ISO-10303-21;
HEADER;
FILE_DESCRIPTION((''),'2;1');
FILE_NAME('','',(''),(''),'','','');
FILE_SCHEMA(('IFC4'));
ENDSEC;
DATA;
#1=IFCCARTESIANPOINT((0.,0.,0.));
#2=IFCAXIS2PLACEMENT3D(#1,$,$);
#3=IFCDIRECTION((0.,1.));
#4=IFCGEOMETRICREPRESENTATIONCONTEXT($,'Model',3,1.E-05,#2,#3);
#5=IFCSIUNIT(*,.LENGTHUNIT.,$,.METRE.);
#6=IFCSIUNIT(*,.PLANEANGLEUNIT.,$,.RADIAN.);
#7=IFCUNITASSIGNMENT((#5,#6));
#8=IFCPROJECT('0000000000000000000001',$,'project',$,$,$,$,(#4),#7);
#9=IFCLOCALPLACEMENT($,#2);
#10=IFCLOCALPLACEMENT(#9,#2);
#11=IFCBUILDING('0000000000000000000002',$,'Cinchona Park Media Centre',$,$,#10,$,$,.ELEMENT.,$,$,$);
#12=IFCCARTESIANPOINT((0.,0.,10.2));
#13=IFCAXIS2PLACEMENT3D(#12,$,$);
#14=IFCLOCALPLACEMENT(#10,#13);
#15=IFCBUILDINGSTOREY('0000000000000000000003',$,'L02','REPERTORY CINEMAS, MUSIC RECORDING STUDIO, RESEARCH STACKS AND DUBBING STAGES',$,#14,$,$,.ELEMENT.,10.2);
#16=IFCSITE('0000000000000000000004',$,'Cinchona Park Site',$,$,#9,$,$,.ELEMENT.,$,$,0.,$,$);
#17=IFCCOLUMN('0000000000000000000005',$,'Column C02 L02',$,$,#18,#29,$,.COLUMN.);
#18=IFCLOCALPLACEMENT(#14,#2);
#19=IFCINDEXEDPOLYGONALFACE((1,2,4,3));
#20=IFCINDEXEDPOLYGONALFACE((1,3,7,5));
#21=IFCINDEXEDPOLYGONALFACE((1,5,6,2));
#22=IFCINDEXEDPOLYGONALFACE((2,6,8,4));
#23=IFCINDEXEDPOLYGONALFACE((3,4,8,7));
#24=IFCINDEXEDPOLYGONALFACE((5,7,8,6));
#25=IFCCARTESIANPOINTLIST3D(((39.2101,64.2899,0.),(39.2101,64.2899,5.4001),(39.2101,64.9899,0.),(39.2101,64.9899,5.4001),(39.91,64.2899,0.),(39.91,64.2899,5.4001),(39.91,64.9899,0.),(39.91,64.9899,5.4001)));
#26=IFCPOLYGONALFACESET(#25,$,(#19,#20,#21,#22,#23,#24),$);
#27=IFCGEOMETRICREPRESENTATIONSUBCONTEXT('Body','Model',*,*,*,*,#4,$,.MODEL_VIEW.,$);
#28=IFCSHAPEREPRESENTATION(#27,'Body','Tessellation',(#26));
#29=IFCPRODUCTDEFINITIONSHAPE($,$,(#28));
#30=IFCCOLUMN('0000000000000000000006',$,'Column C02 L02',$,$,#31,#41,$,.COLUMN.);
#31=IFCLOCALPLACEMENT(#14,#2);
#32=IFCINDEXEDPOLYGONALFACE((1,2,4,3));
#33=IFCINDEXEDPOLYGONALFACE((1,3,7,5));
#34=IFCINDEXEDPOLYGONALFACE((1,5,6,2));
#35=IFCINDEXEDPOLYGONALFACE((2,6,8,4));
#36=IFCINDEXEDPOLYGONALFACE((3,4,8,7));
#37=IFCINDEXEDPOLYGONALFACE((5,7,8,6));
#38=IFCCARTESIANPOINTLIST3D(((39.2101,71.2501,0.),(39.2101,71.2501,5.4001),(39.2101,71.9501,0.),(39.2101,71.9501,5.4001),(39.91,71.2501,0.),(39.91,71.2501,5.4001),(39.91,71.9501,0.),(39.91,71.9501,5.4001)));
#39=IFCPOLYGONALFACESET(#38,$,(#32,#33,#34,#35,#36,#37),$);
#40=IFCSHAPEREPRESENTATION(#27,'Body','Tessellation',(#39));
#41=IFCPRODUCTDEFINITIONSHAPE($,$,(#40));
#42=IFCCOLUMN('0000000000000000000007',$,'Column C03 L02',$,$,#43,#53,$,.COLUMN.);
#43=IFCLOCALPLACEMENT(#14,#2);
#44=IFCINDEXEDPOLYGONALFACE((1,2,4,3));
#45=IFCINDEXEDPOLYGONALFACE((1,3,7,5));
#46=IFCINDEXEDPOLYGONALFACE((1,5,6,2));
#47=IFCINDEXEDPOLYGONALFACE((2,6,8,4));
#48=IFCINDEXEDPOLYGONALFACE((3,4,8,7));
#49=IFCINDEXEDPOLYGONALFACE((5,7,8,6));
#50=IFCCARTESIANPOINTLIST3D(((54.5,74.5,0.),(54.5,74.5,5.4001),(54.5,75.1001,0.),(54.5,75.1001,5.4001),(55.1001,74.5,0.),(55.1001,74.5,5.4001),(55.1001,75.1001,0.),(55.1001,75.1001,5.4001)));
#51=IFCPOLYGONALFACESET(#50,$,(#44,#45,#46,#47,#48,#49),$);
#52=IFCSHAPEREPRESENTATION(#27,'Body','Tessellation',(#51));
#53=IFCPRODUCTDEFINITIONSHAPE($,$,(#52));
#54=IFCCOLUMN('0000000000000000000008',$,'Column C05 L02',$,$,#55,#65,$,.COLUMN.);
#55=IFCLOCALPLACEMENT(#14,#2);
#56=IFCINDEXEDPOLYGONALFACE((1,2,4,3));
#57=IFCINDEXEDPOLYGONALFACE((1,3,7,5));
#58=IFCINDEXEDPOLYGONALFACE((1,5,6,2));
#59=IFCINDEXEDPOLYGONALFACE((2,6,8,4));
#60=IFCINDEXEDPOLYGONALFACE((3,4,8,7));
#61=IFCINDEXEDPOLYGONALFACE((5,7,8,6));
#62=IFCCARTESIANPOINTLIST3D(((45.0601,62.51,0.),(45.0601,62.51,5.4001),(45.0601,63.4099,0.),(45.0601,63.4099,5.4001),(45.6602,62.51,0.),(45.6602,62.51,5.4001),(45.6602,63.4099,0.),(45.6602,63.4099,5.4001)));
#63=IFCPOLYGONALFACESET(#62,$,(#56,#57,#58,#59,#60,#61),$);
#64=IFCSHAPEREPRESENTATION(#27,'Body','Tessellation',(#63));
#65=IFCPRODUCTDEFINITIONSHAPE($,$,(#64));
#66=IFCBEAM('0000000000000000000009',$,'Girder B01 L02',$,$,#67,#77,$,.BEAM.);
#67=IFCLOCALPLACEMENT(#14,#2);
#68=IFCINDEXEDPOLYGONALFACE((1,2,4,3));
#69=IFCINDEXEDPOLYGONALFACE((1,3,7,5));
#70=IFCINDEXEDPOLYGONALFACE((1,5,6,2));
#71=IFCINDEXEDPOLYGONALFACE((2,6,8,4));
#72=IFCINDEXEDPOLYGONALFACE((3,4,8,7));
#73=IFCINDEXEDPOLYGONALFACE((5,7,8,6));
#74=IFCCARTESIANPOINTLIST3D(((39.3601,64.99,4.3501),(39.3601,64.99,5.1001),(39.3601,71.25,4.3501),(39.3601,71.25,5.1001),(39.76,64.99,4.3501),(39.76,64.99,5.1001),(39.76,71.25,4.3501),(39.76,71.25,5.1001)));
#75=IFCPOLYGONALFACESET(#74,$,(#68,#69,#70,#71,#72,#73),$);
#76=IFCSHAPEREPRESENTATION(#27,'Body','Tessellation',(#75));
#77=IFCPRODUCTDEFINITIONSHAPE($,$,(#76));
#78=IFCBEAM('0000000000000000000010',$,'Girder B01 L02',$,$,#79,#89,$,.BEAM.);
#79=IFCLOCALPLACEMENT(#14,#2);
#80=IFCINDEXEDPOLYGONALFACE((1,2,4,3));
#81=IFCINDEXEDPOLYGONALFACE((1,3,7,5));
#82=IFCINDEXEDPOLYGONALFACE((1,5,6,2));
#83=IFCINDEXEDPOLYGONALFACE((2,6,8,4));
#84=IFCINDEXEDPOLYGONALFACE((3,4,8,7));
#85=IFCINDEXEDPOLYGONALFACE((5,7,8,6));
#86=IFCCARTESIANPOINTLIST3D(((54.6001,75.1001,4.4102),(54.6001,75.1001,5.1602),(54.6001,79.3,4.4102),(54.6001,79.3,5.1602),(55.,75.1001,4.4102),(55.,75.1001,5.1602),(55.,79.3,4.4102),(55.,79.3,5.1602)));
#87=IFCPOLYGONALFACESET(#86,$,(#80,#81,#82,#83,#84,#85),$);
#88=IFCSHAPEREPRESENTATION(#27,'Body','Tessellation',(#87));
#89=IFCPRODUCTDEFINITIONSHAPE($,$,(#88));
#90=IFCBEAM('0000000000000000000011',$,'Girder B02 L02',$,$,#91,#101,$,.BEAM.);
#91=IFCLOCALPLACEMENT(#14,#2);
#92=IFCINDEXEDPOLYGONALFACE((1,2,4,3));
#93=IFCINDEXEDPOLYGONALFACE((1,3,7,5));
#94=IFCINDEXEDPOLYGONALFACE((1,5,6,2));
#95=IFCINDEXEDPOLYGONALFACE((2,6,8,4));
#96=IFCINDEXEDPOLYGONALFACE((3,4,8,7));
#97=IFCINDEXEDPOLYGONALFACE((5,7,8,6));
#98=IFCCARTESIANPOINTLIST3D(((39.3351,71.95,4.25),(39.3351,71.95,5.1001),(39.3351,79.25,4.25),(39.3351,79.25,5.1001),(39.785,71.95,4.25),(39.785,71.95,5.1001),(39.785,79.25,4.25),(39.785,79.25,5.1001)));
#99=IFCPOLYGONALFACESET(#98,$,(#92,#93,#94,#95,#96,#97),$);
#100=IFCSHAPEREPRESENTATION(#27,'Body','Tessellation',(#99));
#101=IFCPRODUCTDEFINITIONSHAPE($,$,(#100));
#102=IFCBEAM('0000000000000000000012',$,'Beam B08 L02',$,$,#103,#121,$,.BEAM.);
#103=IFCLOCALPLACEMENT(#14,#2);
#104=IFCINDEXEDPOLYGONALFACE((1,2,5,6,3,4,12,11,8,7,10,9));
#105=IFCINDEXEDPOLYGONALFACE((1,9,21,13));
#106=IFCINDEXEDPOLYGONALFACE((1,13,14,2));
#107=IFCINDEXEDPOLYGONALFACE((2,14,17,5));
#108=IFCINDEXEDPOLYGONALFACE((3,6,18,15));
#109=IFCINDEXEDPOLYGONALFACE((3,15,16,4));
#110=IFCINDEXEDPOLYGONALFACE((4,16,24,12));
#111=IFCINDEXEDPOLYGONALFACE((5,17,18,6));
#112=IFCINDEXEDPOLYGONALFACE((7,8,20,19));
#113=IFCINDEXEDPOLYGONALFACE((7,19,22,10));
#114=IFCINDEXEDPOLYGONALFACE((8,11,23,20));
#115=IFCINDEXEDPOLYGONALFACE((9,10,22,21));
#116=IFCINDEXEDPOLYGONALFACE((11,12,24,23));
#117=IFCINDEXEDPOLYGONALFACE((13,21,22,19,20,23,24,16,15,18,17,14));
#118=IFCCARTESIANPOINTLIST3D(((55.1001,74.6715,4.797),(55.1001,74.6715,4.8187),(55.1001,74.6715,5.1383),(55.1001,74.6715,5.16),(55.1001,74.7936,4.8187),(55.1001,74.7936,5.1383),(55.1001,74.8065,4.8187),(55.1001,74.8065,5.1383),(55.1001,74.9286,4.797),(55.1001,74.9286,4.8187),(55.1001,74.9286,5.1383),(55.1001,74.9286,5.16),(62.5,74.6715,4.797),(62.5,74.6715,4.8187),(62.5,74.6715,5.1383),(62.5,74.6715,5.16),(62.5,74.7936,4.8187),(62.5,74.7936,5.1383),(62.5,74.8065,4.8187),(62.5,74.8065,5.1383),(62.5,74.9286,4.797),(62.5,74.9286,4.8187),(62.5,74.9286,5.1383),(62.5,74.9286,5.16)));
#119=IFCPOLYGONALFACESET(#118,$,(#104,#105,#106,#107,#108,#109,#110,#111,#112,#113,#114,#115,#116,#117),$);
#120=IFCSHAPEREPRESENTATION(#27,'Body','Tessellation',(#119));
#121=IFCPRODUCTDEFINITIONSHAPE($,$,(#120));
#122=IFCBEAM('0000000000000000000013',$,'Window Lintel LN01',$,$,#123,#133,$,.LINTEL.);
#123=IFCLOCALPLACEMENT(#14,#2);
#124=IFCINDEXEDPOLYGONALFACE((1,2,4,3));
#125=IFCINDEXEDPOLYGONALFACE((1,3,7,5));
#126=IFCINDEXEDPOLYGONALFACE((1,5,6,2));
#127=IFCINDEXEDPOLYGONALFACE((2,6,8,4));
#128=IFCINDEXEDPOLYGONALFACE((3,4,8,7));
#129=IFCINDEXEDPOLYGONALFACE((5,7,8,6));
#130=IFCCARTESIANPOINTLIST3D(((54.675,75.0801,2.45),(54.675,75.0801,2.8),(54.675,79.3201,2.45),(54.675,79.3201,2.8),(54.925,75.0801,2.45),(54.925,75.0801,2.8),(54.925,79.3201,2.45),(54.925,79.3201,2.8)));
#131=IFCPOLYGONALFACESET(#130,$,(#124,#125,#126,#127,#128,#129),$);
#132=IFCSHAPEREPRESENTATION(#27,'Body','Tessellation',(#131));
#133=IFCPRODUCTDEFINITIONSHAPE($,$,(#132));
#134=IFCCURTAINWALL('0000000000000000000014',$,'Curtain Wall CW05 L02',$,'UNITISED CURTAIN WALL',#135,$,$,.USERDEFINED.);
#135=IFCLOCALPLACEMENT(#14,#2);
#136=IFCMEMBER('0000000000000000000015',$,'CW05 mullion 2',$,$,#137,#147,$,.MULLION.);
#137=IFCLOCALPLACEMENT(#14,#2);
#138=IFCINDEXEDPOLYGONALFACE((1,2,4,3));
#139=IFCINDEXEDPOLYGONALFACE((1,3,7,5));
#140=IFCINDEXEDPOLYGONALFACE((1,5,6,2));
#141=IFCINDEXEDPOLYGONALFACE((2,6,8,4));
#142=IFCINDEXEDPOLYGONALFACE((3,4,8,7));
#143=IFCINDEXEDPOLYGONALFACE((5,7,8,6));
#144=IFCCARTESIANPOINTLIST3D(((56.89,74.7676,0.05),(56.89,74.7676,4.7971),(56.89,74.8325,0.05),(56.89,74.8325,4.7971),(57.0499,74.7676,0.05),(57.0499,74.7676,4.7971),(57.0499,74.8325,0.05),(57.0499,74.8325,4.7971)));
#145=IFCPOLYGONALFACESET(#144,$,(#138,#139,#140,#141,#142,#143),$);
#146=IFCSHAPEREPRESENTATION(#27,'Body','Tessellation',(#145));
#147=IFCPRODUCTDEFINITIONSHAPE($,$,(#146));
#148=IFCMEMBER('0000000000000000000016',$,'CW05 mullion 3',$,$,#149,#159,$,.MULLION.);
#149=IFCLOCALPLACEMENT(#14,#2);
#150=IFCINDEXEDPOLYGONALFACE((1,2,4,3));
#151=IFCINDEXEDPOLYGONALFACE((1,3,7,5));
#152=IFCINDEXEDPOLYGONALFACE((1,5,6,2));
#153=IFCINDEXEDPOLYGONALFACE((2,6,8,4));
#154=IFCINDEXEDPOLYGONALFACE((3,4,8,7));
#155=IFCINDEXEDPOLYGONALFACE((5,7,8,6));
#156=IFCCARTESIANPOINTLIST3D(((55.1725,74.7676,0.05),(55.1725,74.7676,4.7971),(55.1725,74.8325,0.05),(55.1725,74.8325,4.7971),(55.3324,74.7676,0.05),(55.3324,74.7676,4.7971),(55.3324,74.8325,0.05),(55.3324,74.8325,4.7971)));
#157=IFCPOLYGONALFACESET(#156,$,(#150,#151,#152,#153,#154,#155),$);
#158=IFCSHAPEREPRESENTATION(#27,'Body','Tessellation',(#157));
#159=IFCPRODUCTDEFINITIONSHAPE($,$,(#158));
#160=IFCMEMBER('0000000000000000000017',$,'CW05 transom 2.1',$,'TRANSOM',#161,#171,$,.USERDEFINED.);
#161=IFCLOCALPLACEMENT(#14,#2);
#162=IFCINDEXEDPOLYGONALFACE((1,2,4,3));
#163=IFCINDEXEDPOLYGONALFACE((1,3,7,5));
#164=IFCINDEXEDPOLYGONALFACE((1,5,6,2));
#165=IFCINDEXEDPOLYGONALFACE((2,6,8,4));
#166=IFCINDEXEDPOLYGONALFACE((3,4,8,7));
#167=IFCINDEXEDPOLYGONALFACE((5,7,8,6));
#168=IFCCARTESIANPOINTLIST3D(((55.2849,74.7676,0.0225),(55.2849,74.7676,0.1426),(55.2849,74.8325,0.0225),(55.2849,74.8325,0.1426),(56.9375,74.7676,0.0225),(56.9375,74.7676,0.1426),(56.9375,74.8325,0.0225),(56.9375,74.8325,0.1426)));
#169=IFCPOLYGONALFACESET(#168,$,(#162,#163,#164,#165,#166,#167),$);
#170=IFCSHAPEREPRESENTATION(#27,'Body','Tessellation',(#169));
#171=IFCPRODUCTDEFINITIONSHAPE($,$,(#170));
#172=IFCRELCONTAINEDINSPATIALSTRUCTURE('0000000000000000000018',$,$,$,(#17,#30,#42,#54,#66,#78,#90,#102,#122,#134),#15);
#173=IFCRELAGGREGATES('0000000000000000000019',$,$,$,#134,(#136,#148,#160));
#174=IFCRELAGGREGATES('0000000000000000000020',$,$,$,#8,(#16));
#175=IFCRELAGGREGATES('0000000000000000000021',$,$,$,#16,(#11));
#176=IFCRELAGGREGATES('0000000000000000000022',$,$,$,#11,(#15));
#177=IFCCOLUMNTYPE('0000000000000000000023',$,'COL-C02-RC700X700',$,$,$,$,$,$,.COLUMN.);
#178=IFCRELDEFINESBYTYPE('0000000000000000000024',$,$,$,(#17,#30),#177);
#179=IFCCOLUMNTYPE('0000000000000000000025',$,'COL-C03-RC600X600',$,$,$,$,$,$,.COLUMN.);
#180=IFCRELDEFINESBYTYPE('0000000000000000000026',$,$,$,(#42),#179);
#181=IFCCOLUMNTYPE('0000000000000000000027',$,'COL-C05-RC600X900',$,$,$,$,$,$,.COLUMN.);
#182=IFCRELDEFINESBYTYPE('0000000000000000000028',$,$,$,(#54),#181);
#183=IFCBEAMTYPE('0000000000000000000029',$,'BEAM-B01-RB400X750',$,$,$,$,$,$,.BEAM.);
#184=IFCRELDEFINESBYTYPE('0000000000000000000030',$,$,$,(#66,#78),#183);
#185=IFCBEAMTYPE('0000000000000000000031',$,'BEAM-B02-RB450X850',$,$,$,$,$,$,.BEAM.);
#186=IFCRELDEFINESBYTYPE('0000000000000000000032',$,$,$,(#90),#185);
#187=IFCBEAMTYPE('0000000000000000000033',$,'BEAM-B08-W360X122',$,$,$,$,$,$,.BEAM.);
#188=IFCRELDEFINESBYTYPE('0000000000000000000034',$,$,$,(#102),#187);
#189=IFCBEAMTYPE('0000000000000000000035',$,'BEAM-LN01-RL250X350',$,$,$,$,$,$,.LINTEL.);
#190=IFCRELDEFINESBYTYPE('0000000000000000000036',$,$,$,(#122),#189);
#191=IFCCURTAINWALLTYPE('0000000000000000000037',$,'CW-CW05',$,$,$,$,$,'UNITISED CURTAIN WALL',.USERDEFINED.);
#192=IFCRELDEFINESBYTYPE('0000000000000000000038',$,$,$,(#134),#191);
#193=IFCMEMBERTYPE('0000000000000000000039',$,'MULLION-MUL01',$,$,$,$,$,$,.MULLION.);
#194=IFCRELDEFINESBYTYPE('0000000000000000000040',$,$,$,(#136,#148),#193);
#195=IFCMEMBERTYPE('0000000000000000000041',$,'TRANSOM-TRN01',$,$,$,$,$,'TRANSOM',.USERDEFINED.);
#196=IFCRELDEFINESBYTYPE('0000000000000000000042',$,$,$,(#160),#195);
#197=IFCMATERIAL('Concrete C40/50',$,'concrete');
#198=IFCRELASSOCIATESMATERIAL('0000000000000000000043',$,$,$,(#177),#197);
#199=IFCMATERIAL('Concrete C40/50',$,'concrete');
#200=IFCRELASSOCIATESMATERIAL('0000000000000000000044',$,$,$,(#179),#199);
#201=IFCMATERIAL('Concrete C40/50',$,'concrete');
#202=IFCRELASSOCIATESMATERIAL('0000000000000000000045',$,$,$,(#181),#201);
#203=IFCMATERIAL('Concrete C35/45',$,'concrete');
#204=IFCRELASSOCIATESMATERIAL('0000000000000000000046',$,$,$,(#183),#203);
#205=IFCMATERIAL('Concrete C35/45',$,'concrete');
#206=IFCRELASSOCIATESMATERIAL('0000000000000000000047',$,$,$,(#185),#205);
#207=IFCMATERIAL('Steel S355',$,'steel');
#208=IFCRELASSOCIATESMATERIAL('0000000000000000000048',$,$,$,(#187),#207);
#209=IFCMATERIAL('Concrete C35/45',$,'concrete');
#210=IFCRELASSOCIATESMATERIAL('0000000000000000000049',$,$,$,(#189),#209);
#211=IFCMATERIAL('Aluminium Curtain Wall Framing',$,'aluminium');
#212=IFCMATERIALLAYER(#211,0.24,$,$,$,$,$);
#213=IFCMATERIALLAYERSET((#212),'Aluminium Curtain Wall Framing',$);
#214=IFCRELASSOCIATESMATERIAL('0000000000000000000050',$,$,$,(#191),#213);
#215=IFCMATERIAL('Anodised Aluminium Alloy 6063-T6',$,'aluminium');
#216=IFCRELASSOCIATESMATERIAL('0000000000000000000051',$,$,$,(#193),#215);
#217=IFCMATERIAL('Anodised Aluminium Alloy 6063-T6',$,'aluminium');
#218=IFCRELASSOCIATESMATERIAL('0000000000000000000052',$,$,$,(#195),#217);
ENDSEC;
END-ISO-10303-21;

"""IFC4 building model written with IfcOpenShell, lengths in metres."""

from ifc_helpers import new_model, si_unit, direction, frame, origin, origin_2d, place, context, subcontext, project, spatial, rectangle, i_section, extrude, material, layer, layer_set, material_profile, profile_set, type_object, element, aggregate, save


model = new_model("IFC4")

# Units and contexts
model_context = context("Model", 3, precision=1e-05, world=origin(), true_north=direction((0.0, 1.0)))
body_context = subcontext(model_context, "Body", "Model", "MODEL_VIEW")
ifc_project = project(units=[si_unit("LENGTHUNIT", "METRE"), si_unit("PLANEANGLEUNIT", "RADIAN")], contexts=[model_context])

# Site, building, storey
site_placement = place(None, origin())
site = spatial("IfcSite", under=ifc_project, at=site_placement, Name="Cinchona Park Site", CompositionType="ELEMENT", RefElevation=0.0)
building_placement = place(site_placement, origin())
building = spatial("IfcBuilding", under=site, at=building_placement, Name="Cinchona Park Media Centre", CompositionType="ELEMENT")
storey_placement = place(building_placement, frame((0.0, 0.0, 10.2)))
storey = spatial("IfcBuildingStorey", under=building, at=storey_placement, Name="L02", Description="REPERTORY CINEMAS, MUSIC RECORDING STUDIO, RESEARCH STACKS AND DUBBING STAGES", CompositionType="ELEMENT", Elevation=10.2)

# Columns
ifc_material_1 = material(Name="Concrete C40/50", Category="concrete")
ifc_material_profile_1 = material_profile(ifc_material_1, rectangle(XDim=0.7, YDim=0.7, at=origin_2d()), Name="RC 700X700")
ifc_profile_set_1 = profile_set([ifc_material_profile_1], Name="Concrete C40/50")
column_type_1 = type_object("IfcColumnType", Name="COL-C02-RC700X700", PredefinedType="COLUMN", material=ifc_profile_set_1)
for number, where, z_axis, x_axis, name in (
    (1, (39.5601, 64.6399, 0.0), (0.0, 0.0, 1.0), (1.0, 0.0, 0.0), "Column C02 L02"),
    (2, (39.5601, 71.6001, 0.0), (0.0, 0.0, 1.0), (1.0, 0.0, 0.0), "Column C02 L02"),
):
    element("IfcColumn", number, at=place(storey_placement, frame(where, z_axis=z_axis, x_axis=x_axis)), inside=storey, type_object=column_type_1, Name=name, PredefinedType="COLUMN", context=body_context, shape_type="SweptSolid", body=[
        extrude(rectangle(XDim=0.7, YDim=0.7, at=origin_2d()), origin(), (0.0, 0.0, 1.0), 5.4001),
    ])
ifc_material_2 = material(Name="Concrete C40/50", Category="concrete")
ifc_material_profile_2 = material_profile(ifc_material_2, rectangle(XDim=0.6001, YDim=0.6001, at=origin_2d()), Name="RC 600X600")
ifc_profile_set_2 = profile_set([ifc_material_profile_2], Name="Concrete C40/50")
column_type_2 = type_object("IfcColumnType", Name="COL-C03-RC600X600", PredefinedType="COLUMN", material=ifc_profile_set_2)
column_1_placement = place(storey_placement, frame((54.8, 74.8, 0.0), z_axis=(0.0, 0.0, 1.0), x_axis=(1.0, 0.0, 0.0)))
element("IfcColumn", 3, at=column_1_placement, inside=storey, type_object=column_type_2, Name="Column C03 L02", PredefinedType="COLUMN", context=body_context, shape_type="SweptSolid", body=[
    extrude(rectangle(XDim=0.6001, YDim=0.6001, at=origin_2d()), origin(), (0.0, 0.0, 1.0), 5.4001),
])
ifc_material_3 = material(Name="Concrete C40/50", Category="concrete")
ifc_material_profile_3 = material_profile(ifc_material_3, rectangle(XDim=0.6001, YDim=0.8999, at=origin_2d()), Name="RC 600X900")
ifc_profile_set_3 = profile_set([ifc_material_profile_3], Name="Concrete C40/50")
column_type_3 = type_object("IfcColumnType", Name="COL-C05-RC600X900", PredefinedType="COLUMN", material=ifc_profile_set_3)
column_2_placement = place(storey_placement, frame((45.3601, 62.96, 0.0), z_axis=(0.0, 0.0, 1.0), x_axis=(1.0, 0.0, 0.0)))
element("IfcColumn", 4, at=column_2_placement, inside=storey, type_object=column_type_3, Name="Column C05 L02", PredefinedType="COLUMN", context=body_context, shape_type="SweptSolid", body=[
    extrude(rectangle(XDim=0.6001, YDim=0.8999, at=origin_2d()), origin(), (0.0, 0.0, 1.0), 5.4001),
])

# Beams
ifc_material_4 = material(Name="Concrete C35/45", Category="concrete")
ifc_material_profile_4 = material_profile(ifc_material_4, rectangle(XDim=0.3999, YDim=0.75, at=origin_2d()), Name="RB 400X750")
ifc_profile_set_4 = profile_set([ifc_material_profile_4], Name="Concrete C35/45")
beam_type_1 = type_object("IfcBeamType", Name="BEAM-B01-RB400X750", PredefinedType="BEAM", material=ifc_profile_set_4)
beam_1_placement = place(storey_placement, frame((39.5601, 64.99, 4.7251), z_axis=(0.0, 1.0, 0.0), x_axis=(-1.0, 0.0, 0.0)))
element("IfcBeam", 5, at=beam_1_placement, inside=storey, type_object=beam_type_1, Name="Girder B01 L02", PredefinedType="BEAM", context=body_context, shape_type="SweptSolid", body=[
    extrude(rectangle(XDim=0.3999, YDim=0.75, at=origin_2d()), origin(), (0.0, 0.0, 1.0), 6.26),
])
beam_2_placement = place(storey_placement, frame((54.8, 75.1001, 4.7852), z_axis=(0.0, 1.0, 0.0), x_axis=(-1.0, 0.0, 0.0)))
element("IfcBeam", 6, at=beam_2_placement, inside=storey, type_object=beam_type_1, Name="Girder B01 L02", PredefinedType="BEAM", context=body_context, shape_type="SweptSolid", body=[
    extrude(rectangle(XDim=0.3999, YDim=0.75, at=origin_2d()), origin(), (0.0, 0.0, 1.0), 4.2),
])
ifc_material_5 = material(Name="Concrete C35/45", Category="concrete")
ifc_material_profile_5 = material_profile(ifc_material_5, rectangle(XDim=0.45, YDim=0.8501, at=origin_2d()), Name="RB 450X850")
ifc_profile_set_5 = profile_set([ifc_material_profile_5], Name="Concrete C35/45")
beam_type_2 = type_object("IfcBeamType", Name="BEAM-B02-RB450X850", PredefinedType="BEAM", material=ifc_profile_set_5)
beam_3_placement = place(storey_placement, frame((39.5601, 71.95, 4.675), z_axis=(0.0, 1.0, 0.0), x_axis=(-1.0, 0.0, 0.0)))
element("IfcBeam", 7, at=beam_3_placement, inside=storey, type_object=beam_type_2, Name="Girder B02 L02", PredefinedType="BEAM", context=body_context, shape_type="SweptSolid", body=[
    extrude(rectangle(XDim=0.45, YDim=0.8501, at=origin_2d()), origin(), (0.0, 0.0, 1.0), 7.3),
])
ifc_material_6 = material(Name="Steel S355", Category="steel")
ifc_material_profile_6 = material_profile(ifc_material_6, i_section(OverallWidth=0.2571, OverallDepth=0.363, WebThickness=0.0129, FlangeThickness=0.0217, at=origin_2d()), Name="W360X122")
ifc_profile_set_6 = profile_set([ifc_material_profile_6], Name="Steel S355")
beam_type_3 = type_object("IfcBeamType", Name="BEAM-B08-W360X122", PredefinedType="BEAM", material=ifc_profile_set_6)
beam_4_placement = place(storey_placement, frame((55.1001, 74.8, 4.9785), z_axis=(1.0, 0.0, 0.0), x_axis=(0.0, 1.0, 0.0)))
element("IfcBeam", 8, at=beam_4_placement, inside=storey, type_object=beam_type_3, Name="Beam B08 L02", PredefinedType="BEAM", context=body_context, shape_type="SweptSolid", body=[
    extrude(i_section(OverallWidth=0.2571, OverallDepth=0.363, WebThickness=0.0129, FlangeThickness=0.0217, at=origin_2d()), origin(), (0.0, 0.0, 1.0), 7.3999),
])
ifc_material_7 = material(Name="Concrete C35/45", Category="concrete")
ifc_material_profile_7 = material_profile(ifc_material_7, rectangle(XDim=0.25, YDim=0.3501, at=origin_2d()), Name="RL 250X350")
ifc_profile_set_7 = profile_set([ifc_material_profile_7], Name="Concrete C35/45")
beam_type_4 = type_object("IfcBeamType", Name="BEAM-LN01-RL250X350", PredefinedType="LINTEL", material=ifc_profile_set_7)
beam_5_placement = place(storey_placement, frame((54.8, 75.0801, 2.625), z_axis=(0.0, 1.0, 0.0), x_axis=(-1.0, 0.0, 0.0)))
element("IfcBeam", 9, at=beam_5_placement, inside=storey, type_object=beam_type_4, Name="Window Lintel LN01", PredefinedType="LINTEL", context=body_context, shape_type="SweptSolid", body=[
    extrude(rectangle(XDim=0.25, YDim=0.3501, at=origin_2d()), origin(), (0.0, 0.0, 1.0), 4.24),
])

# Curtain wall, members
ifc_material_8 = material(Name="Aluminium Curtain Wall Framing", Category="aluminium")
ifc_layer_1 = layer(ifc_material_8, 0.24)
ifc_layer_set_1 = layer_set([ifc_layer_1], Name="Aluminium Curtain Wall Framing")
curtain_wall_type = type_object("IfcCurtainWallType", Name="CW-CW05", ElementType="UNITISED CURTAIN WALL", PredefinedType="USERDEFINED", material=ifc_layer_set_1)
curtain_wall_placement = place(storey_placement, origin())
curtain_wall = element("IfcCurtainWall", 10, at=curtain_wall_placement, inside=storey, type_object=curtain_wall_type, Name="Curtain Wall CW05 L02", ObjectType="UNITISED CURTAIN WALL", PredefinedType="USERDEFINED")
ifc_material_9 = material(Name="Anodised Aluminium Alloy 6063-T6", Category="aluminium")
ifc_material_profile_8 = material_profile(ifc_material_9, rectangle(XDim=0.0649, YDim=0.1599, at=origin_2d()), Name="MUL-65X160")
ifc_profile_set_8 = profile_set([ifc_material_profile_8], Name="Anodised Aluminium Alloy 6063-T6")
member_type_1 = type_object("IfcMemberType", Name="MULLION-MUL01", PredefinedType="MULLION", material=ifc_profile_set_8)
member_1_placement = place(storey_placement, frame((56.97, 74.8, 0.05), z_axis=(0.0, 0.0, 1.0), x_axis=(0.0, -1.0, 0.0)))
member_1 = element("IfcMember", 11, at=member_1_placement, type_object=member_type_1, Name="CW05 mullion 2", PredefinedType="MULLION", context=body_context, shape_type="SweptSolid", body=[
    extrude(rectangle(XDim=0.0649, YDim=0.1599, at=origin_2d()), origin(), (0.0, 0.0, 1.0), 4.7471),
])
member_2_placement = place(storey_placement, frame((55.2524, 74.8, 0.05), z_axis=(0.0, 0.0, 1.0), x_axis=(0.0, -1.0, 0.0)))
member_2 = element("IfcMember", 12, at=member_2_placement, type_object=member_type_1, Name="CW05 mullion 3", PredefinedType="MULLION", context=body_context, shape_type="SweptSolid", body=[
    extrude(rectangle(XDim=0.0649, YDim=0.1599, at=origin_2d()), origin(), (0.0, 0.0, 1.0), 4.7471),
])
ifc_material_10 = material(Name="Anodised Aluminium Alloy 6063-T6", Category="aluminium")
ifc_material_profile_9 = material_profile(ifc_material_10, rectangle(XDim=0.0649, YDim=0.1201, at=origin_2d()), Name="TRN-65X120")
ifc_profile_set_9 = profile_set([ifc_material_profile_9], Name="Anodised Aluminium Alloy 6063-T6")
member_type_2 = type_object("IfcMemberType", Name="TRANSOM-TRN01", ElementType="TRANSOM", PredefinedType="USERDEFINED", material=ifc_profile_set_9)
member_3_placement = place(storey_placement, frame((56.9375, 74.8, 0.0825), z_axis=(-1.0, 0.0, 0.0), x_axis=(0.0, -1.0, 0.0)))
member_3 = element("IfcMember", 13, at=member_3_placement, type_object=member_type_2, Name="CW05 transom 2.1", ObjectType="TRANSOM", PredefinedType="USERDEFINED", context=body_context, shape_type="SweptSolid", body=[
    extrude(rectangle(XDim=0.0649, YDim=0.1201, at=origin_2d()), origin(), (0.0, 0.0, 1.0), 1.6526),
])
aggregate(curtain_wall, [member_1, member_2, member_3])

save(model, "model.ifc")
